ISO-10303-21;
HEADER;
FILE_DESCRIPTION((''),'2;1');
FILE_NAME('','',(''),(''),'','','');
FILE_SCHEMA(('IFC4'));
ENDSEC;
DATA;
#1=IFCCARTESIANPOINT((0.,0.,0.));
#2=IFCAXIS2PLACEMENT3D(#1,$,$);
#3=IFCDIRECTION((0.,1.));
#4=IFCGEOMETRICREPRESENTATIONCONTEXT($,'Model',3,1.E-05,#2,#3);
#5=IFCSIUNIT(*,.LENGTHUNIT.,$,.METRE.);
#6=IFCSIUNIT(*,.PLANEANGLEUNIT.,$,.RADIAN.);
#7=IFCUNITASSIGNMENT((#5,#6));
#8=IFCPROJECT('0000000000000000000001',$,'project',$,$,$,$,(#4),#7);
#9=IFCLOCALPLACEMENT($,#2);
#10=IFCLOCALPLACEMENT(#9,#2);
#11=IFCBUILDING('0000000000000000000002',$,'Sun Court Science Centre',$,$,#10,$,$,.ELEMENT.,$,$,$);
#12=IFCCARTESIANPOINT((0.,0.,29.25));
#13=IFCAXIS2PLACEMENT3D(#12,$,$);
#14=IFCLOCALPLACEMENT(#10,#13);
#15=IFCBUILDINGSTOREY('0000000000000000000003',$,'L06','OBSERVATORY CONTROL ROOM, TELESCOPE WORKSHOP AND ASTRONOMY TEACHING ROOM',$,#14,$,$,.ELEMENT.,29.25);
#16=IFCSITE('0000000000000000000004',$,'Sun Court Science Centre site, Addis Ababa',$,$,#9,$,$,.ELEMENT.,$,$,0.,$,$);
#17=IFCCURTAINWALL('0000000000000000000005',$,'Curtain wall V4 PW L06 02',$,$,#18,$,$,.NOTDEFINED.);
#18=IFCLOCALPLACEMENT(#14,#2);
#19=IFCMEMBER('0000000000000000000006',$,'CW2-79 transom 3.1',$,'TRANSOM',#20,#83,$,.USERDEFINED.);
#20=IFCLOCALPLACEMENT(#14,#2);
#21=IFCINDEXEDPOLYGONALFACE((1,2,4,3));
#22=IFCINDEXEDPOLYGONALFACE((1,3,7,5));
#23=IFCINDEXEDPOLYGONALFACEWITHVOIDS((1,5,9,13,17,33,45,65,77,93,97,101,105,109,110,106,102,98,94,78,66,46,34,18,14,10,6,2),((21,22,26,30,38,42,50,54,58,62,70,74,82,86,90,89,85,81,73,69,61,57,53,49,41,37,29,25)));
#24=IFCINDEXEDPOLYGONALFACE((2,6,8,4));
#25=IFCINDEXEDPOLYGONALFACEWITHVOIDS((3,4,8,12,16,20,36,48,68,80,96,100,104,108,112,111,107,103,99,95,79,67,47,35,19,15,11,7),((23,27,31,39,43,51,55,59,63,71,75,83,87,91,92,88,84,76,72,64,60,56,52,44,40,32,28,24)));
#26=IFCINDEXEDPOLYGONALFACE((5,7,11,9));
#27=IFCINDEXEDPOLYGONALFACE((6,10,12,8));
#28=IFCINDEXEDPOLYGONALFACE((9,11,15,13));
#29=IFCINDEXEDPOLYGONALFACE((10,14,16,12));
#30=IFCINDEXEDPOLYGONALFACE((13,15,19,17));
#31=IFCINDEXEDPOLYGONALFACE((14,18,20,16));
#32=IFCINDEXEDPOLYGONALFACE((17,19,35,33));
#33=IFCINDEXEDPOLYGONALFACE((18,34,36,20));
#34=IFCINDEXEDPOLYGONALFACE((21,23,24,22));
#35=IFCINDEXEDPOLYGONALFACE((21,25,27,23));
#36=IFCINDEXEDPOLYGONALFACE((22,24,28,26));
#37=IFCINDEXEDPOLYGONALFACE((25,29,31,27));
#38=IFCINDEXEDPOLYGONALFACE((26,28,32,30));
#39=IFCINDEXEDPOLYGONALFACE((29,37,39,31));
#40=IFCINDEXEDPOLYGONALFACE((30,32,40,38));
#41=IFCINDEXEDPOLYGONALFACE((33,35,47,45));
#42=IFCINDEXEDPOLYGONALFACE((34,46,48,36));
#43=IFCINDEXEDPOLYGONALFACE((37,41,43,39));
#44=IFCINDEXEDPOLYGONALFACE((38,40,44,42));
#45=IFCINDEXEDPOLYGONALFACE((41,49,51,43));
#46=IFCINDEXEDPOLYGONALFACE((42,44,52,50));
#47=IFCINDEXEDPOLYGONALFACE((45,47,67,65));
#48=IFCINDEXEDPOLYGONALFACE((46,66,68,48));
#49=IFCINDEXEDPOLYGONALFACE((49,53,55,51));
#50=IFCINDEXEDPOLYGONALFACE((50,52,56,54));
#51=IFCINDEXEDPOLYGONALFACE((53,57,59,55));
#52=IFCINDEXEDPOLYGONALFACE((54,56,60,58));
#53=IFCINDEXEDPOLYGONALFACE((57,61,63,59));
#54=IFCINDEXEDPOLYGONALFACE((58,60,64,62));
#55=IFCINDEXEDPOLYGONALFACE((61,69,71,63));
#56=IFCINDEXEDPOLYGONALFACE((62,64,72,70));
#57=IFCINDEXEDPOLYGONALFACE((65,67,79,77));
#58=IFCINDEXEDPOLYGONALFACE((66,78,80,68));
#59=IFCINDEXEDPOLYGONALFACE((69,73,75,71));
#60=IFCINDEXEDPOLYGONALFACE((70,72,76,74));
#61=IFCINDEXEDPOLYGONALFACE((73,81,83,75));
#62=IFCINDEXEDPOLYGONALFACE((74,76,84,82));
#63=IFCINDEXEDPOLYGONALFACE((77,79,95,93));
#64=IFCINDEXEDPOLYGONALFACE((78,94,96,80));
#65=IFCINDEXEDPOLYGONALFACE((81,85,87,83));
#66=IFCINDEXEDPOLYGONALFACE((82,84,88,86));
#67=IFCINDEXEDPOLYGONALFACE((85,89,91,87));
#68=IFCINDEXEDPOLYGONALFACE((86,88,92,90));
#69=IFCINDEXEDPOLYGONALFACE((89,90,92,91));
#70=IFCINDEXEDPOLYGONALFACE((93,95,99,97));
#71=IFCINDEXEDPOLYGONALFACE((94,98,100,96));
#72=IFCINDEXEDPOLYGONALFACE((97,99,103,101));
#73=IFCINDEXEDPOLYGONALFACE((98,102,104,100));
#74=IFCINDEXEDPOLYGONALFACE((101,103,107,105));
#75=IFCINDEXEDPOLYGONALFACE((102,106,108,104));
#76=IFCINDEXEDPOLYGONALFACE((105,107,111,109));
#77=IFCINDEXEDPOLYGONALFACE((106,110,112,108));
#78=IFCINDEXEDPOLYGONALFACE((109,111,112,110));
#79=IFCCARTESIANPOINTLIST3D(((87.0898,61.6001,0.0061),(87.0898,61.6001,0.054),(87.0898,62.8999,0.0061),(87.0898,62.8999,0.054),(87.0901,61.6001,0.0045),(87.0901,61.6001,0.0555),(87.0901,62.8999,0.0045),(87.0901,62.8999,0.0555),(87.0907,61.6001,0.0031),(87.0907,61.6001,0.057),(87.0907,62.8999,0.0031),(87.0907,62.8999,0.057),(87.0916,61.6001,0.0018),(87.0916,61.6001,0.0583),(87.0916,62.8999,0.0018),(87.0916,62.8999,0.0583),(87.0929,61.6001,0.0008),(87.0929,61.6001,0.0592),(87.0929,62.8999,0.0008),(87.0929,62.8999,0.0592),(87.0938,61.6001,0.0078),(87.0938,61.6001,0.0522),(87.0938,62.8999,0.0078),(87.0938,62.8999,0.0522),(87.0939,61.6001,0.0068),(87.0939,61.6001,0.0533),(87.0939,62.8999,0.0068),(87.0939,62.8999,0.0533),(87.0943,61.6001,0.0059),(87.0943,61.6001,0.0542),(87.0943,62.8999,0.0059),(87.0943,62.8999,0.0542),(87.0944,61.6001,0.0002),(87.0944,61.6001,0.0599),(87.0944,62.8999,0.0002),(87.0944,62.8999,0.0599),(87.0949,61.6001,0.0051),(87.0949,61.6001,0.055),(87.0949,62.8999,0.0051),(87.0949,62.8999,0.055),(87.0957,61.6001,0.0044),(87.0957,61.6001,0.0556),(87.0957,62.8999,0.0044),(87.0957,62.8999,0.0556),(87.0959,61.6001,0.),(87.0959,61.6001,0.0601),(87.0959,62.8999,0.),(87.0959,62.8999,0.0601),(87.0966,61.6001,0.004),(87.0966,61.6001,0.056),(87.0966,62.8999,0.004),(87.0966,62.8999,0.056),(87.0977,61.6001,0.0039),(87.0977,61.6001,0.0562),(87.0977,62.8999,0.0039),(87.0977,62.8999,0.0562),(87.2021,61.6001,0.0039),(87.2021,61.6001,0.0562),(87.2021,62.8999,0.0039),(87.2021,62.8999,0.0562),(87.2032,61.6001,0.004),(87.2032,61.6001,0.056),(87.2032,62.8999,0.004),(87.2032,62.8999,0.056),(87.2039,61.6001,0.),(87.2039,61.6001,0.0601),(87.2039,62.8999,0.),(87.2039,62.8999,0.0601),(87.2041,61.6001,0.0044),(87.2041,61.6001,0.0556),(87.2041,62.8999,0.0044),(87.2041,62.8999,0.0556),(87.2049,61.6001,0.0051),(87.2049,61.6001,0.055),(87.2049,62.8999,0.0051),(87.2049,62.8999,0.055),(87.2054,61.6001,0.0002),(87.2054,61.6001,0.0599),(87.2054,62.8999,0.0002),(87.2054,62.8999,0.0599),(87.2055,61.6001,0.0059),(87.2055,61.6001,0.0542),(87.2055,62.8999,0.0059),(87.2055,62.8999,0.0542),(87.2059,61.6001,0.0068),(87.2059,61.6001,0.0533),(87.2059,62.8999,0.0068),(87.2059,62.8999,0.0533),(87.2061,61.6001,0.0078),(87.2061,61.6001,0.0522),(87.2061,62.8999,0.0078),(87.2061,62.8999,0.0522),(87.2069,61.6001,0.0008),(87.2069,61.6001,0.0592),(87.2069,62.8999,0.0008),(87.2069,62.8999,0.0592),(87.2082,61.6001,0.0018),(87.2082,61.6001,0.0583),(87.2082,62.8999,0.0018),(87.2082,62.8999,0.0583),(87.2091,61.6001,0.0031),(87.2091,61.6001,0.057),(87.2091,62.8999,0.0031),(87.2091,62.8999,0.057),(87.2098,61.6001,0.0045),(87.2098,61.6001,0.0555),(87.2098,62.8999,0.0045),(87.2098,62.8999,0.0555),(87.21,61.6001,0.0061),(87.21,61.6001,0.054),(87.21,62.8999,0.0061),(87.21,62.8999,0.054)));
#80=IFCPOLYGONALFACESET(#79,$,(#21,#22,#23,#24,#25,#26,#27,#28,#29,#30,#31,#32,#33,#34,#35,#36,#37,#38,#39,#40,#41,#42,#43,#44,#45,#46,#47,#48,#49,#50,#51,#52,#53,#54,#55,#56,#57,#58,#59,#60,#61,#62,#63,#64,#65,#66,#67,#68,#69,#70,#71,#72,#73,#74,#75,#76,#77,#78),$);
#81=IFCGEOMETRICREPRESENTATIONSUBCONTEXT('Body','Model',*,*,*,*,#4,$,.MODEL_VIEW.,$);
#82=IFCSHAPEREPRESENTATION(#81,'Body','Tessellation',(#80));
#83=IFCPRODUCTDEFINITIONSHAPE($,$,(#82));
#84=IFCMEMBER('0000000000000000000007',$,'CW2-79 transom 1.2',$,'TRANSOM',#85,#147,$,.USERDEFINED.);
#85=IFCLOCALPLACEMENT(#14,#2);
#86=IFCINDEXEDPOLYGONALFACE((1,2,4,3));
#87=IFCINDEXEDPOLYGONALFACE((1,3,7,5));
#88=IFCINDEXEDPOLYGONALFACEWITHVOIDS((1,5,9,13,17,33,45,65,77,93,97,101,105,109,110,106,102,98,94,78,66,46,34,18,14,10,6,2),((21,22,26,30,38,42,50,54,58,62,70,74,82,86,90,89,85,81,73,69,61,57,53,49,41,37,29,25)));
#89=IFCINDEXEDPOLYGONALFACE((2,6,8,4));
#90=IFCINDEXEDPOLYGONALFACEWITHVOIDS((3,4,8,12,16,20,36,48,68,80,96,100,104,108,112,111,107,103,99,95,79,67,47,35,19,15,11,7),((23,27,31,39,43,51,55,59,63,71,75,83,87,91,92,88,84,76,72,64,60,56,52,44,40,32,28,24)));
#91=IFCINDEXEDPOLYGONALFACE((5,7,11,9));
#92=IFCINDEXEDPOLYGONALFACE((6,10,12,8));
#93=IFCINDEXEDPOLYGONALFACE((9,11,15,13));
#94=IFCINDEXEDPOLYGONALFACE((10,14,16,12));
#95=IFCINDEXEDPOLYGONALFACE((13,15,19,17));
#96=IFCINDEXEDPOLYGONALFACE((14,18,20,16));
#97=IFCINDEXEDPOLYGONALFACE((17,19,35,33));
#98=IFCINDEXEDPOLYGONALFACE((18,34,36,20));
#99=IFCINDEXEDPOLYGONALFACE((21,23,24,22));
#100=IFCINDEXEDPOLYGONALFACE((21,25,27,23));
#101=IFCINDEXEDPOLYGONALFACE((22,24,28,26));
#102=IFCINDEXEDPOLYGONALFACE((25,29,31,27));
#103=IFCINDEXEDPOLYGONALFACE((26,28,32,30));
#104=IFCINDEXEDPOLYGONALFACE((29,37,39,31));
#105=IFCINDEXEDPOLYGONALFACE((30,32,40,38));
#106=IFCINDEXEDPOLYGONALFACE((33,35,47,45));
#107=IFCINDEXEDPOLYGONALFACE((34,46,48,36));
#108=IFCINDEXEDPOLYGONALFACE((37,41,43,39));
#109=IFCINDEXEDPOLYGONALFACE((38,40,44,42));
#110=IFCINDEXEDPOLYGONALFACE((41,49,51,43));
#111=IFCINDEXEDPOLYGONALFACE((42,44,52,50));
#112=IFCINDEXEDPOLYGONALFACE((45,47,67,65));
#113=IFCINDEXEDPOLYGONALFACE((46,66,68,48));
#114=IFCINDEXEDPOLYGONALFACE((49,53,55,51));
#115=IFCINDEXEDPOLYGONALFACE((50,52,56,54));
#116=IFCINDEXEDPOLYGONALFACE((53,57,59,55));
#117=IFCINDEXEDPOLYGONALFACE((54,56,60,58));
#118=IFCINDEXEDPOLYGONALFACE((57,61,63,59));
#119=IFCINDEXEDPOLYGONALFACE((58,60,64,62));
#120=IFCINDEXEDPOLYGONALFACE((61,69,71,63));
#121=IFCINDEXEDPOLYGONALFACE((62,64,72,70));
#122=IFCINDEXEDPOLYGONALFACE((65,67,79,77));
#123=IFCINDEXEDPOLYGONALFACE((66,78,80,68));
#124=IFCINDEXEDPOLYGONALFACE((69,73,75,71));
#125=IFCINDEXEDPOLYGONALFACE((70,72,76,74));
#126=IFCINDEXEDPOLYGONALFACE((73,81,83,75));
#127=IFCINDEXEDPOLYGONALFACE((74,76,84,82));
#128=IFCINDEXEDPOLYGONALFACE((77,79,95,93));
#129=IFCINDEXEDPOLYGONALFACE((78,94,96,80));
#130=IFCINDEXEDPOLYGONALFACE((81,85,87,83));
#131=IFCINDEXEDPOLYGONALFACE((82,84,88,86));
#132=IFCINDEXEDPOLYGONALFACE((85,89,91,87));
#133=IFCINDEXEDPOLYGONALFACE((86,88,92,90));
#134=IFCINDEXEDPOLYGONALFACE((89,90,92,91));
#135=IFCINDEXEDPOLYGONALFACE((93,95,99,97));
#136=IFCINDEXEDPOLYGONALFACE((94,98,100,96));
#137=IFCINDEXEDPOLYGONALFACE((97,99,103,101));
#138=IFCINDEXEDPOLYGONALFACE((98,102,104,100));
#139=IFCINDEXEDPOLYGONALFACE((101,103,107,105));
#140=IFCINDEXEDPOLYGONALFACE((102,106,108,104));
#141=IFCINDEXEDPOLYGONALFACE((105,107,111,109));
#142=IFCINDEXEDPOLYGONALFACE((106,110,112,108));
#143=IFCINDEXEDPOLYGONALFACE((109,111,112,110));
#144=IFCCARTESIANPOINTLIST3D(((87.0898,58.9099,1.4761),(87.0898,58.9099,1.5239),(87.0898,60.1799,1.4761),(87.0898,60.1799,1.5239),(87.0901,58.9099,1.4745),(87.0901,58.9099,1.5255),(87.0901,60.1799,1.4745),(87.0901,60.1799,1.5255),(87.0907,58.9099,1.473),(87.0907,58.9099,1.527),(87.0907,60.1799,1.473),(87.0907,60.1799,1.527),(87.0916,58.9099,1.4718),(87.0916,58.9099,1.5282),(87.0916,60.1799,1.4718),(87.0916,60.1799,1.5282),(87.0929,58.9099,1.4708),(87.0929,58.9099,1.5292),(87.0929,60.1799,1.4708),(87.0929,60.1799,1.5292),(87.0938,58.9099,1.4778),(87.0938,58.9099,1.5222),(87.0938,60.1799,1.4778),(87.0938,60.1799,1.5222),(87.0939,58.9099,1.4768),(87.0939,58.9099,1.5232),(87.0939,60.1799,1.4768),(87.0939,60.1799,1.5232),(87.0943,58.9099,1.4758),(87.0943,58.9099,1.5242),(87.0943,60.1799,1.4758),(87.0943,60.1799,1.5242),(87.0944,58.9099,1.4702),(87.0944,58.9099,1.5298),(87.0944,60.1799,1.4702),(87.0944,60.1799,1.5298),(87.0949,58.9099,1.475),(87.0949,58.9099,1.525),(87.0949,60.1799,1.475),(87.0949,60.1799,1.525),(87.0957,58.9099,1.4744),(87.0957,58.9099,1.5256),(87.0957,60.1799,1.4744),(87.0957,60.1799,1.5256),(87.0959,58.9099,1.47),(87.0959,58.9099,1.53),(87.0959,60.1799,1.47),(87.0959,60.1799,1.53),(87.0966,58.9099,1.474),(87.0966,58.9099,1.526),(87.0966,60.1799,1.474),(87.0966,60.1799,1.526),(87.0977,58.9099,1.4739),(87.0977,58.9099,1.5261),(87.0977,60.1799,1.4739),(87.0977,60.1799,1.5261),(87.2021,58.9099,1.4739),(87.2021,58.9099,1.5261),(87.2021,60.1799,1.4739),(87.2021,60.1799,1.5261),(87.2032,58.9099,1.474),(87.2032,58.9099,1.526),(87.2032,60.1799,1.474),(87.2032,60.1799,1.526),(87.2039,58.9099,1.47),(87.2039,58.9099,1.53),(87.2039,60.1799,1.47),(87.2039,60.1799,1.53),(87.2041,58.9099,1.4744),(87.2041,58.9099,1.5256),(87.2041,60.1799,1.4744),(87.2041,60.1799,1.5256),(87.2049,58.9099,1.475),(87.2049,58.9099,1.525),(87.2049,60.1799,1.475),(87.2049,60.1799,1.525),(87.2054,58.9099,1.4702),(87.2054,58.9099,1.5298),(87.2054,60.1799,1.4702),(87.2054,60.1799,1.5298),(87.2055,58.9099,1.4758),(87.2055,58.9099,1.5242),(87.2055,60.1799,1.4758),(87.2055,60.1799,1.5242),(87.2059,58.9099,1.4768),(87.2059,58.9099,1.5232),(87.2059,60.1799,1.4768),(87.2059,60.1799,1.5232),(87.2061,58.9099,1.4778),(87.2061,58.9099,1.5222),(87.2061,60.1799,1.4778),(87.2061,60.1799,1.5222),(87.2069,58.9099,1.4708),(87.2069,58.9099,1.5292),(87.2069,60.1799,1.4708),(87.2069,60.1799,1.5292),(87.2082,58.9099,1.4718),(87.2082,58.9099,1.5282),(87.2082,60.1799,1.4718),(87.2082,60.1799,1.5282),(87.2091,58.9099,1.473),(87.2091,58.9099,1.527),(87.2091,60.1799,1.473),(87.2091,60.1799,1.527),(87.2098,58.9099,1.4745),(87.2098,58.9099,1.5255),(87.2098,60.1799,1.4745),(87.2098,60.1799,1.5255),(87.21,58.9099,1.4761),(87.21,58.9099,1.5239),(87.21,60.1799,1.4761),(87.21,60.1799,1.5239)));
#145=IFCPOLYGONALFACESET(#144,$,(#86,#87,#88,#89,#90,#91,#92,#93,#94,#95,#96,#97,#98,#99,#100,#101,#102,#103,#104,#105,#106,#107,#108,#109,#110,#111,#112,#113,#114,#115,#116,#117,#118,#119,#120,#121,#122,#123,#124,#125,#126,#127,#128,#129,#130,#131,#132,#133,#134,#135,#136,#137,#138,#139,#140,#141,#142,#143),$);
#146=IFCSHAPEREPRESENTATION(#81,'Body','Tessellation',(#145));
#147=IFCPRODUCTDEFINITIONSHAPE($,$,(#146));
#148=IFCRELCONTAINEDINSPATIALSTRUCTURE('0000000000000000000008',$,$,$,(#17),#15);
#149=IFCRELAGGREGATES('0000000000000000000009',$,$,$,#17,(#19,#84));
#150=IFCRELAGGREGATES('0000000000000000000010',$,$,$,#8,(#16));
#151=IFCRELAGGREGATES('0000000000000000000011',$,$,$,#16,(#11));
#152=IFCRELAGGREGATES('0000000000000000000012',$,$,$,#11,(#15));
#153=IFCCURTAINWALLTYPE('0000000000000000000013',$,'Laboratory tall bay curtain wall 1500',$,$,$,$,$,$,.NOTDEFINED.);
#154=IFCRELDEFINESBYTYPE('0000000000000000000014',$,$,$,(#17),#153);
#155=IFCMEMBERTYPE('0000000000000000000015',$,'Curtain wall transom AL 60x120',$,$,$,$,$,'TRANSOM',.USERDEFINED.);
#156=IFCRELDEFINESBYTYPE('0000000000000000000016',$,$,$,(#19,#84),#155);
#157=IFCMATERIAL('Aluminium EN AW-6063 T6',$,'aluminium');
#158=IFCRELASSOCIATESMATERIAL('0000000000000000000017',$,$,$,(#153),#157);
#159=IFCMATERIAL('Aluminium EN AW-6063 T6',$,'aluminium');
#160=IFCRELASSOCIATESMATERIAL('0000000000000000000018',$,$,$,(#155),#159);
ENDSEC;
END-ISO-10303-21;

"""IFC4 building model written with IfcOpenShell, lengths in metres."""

from ifc_helpers import new_model, si_unit, direction, frame, origin, origin_2d, place, context, subcontext, project, spatial, hollow_rectangle, extrude, material, material_profile, profile_set, type_object, element, aggregate, save


model = new_model("IFC4")

# Units and contexts
model_context = context("Model", 3, precision=1e-05, world=origin(), true_north=direction((0.0, 1.0)))
body_context = subcontext(model_context, "Body", "Model", "MODEL_VIEW")
ifc_project = project(units=[si_unit("LENGTHUNIT", "METRE"), si_unit("PLANEANGLEUNIT", "RADIAN")], contexts=[model_context])

# Site, building, storey
site_placement = place(None, origin())
site = spatial("IfcSite", under=ifc_project, at=site_placement, Name="Sun Court Science Centre site, Addis Ababa", CompositionType="ELEMENT", RefElevation=0.0)
building_placement = place(site_placement, origin())
building = spatial("IfcBuilding", under=site, at=building_placement, Name="Sun Court Science Centre", CompositionType="ELEMENT")
storey_placement = place(building_placement, frame((0.0, 0.0, 29.25)))
storey = spatial("IfcBuildingStorey", under=building, at=storey_placement, Name="L06", Description="OBSERVATORY CONTROL ROOM, TELESCOPE WORKSHOP AND ASTRONOMY TEACHING ROOM", CompositionType="ELEMENT", Elevation=29.25)

# Curtain wall, members
ifc_material_1 = material(Name="Aluminium EN AW-6063 T6", Category="aluminium")
curtain_wall_type = type_object("IfcCurtainWallType", Name="Laboratory tall bay curtain wall 1500", PredefinedType="NOTDEFINED", material=ifc_material_1)
curtain_wall_placement = place(storey_placement, origin())
curtain_wall = element("IfcCurtainWall", 1, at=curtain_wall_placement, inside=storey, type_object=curtain_wall_type, Name="Curtain wall V4 PW L06 02", PredefinedType="NOTDEFINED")
ifc_material_2 = material(Name="Aluminium EN AW-6063 T6", Category="aluminium")
ifc_material_profile_1 = material_profile(ifc_material_2, hollow_rectangle(XDim=0.0601, YDim=0.1201, WallThickness=0.0039, InnerFilletRadius=0.0039, OuterFilletRadius=0.0061, at=origin_2d()), Name="AL 60x120x4")
ifc_profile_set_1 = profile_set([ifc_material_profile_1], Name="Aluminium EN AW-6063 T6")
member_type_1 = type_object("IfcMemberType", Name="Curtain wall transom AL 60x120", ElementType="TRANSOM", PredefinedType="USERDEFINED", material=ifc_profile_set_1)
member_1_placement = place(storey_placement, frame((87.1499, 61.6001, 0.03), z_axis=(0.0, 1.0, 0.0), x_axis=(0.0, 0.0, 1.0)))
member_1 = element("IfcMember", 2, at=member_1_placement, type_object=member_type_1, Name="CW2-79 transom 3.1", ObjectType="TRANSOM", PredefinedType="USERDEFINED", context=body_context, shape_type="SweptSolid", body=[
    extrude(hollow_rectangle(XDim=0.0601, YDim=0.1201, WallThickness=0.0039, InnerFilletRadius=0.0039, OuterFilletRadius=0.0061, at=origin_2d()), origin(), (0.0, 0.0, 1.0), 1.2998),
])
member_2_placement = place(storey_placement, frame((87.1499, 58.9099, 1.5), z_axis=(0.0, 1.0, 0.0), x_axis=(0.0, 0.0, 1.0)))
member_2 = element("IfcMember", 3, at=member_2_placement, type_object=member_type_1, Name="CW2-79 transom 1.2", ObjectType="TRANSOM", PredefinedType="USERDEFINED", context=body_context, shape_type="SweptSolid", body=[
    extrude(hollow_rectangle(XDim=0.0601, YDim=0.1201, WallThickness=0.0039, InnerFilletRadius=0.0039, OuterFilletRadius=0.0061, at=origin_2d()), origin(), (0.0, 0.0, 1.0), 1.27),
])
aggregate(curtain_wall, [member_1, member_2])

save(model, "model.ifc")
